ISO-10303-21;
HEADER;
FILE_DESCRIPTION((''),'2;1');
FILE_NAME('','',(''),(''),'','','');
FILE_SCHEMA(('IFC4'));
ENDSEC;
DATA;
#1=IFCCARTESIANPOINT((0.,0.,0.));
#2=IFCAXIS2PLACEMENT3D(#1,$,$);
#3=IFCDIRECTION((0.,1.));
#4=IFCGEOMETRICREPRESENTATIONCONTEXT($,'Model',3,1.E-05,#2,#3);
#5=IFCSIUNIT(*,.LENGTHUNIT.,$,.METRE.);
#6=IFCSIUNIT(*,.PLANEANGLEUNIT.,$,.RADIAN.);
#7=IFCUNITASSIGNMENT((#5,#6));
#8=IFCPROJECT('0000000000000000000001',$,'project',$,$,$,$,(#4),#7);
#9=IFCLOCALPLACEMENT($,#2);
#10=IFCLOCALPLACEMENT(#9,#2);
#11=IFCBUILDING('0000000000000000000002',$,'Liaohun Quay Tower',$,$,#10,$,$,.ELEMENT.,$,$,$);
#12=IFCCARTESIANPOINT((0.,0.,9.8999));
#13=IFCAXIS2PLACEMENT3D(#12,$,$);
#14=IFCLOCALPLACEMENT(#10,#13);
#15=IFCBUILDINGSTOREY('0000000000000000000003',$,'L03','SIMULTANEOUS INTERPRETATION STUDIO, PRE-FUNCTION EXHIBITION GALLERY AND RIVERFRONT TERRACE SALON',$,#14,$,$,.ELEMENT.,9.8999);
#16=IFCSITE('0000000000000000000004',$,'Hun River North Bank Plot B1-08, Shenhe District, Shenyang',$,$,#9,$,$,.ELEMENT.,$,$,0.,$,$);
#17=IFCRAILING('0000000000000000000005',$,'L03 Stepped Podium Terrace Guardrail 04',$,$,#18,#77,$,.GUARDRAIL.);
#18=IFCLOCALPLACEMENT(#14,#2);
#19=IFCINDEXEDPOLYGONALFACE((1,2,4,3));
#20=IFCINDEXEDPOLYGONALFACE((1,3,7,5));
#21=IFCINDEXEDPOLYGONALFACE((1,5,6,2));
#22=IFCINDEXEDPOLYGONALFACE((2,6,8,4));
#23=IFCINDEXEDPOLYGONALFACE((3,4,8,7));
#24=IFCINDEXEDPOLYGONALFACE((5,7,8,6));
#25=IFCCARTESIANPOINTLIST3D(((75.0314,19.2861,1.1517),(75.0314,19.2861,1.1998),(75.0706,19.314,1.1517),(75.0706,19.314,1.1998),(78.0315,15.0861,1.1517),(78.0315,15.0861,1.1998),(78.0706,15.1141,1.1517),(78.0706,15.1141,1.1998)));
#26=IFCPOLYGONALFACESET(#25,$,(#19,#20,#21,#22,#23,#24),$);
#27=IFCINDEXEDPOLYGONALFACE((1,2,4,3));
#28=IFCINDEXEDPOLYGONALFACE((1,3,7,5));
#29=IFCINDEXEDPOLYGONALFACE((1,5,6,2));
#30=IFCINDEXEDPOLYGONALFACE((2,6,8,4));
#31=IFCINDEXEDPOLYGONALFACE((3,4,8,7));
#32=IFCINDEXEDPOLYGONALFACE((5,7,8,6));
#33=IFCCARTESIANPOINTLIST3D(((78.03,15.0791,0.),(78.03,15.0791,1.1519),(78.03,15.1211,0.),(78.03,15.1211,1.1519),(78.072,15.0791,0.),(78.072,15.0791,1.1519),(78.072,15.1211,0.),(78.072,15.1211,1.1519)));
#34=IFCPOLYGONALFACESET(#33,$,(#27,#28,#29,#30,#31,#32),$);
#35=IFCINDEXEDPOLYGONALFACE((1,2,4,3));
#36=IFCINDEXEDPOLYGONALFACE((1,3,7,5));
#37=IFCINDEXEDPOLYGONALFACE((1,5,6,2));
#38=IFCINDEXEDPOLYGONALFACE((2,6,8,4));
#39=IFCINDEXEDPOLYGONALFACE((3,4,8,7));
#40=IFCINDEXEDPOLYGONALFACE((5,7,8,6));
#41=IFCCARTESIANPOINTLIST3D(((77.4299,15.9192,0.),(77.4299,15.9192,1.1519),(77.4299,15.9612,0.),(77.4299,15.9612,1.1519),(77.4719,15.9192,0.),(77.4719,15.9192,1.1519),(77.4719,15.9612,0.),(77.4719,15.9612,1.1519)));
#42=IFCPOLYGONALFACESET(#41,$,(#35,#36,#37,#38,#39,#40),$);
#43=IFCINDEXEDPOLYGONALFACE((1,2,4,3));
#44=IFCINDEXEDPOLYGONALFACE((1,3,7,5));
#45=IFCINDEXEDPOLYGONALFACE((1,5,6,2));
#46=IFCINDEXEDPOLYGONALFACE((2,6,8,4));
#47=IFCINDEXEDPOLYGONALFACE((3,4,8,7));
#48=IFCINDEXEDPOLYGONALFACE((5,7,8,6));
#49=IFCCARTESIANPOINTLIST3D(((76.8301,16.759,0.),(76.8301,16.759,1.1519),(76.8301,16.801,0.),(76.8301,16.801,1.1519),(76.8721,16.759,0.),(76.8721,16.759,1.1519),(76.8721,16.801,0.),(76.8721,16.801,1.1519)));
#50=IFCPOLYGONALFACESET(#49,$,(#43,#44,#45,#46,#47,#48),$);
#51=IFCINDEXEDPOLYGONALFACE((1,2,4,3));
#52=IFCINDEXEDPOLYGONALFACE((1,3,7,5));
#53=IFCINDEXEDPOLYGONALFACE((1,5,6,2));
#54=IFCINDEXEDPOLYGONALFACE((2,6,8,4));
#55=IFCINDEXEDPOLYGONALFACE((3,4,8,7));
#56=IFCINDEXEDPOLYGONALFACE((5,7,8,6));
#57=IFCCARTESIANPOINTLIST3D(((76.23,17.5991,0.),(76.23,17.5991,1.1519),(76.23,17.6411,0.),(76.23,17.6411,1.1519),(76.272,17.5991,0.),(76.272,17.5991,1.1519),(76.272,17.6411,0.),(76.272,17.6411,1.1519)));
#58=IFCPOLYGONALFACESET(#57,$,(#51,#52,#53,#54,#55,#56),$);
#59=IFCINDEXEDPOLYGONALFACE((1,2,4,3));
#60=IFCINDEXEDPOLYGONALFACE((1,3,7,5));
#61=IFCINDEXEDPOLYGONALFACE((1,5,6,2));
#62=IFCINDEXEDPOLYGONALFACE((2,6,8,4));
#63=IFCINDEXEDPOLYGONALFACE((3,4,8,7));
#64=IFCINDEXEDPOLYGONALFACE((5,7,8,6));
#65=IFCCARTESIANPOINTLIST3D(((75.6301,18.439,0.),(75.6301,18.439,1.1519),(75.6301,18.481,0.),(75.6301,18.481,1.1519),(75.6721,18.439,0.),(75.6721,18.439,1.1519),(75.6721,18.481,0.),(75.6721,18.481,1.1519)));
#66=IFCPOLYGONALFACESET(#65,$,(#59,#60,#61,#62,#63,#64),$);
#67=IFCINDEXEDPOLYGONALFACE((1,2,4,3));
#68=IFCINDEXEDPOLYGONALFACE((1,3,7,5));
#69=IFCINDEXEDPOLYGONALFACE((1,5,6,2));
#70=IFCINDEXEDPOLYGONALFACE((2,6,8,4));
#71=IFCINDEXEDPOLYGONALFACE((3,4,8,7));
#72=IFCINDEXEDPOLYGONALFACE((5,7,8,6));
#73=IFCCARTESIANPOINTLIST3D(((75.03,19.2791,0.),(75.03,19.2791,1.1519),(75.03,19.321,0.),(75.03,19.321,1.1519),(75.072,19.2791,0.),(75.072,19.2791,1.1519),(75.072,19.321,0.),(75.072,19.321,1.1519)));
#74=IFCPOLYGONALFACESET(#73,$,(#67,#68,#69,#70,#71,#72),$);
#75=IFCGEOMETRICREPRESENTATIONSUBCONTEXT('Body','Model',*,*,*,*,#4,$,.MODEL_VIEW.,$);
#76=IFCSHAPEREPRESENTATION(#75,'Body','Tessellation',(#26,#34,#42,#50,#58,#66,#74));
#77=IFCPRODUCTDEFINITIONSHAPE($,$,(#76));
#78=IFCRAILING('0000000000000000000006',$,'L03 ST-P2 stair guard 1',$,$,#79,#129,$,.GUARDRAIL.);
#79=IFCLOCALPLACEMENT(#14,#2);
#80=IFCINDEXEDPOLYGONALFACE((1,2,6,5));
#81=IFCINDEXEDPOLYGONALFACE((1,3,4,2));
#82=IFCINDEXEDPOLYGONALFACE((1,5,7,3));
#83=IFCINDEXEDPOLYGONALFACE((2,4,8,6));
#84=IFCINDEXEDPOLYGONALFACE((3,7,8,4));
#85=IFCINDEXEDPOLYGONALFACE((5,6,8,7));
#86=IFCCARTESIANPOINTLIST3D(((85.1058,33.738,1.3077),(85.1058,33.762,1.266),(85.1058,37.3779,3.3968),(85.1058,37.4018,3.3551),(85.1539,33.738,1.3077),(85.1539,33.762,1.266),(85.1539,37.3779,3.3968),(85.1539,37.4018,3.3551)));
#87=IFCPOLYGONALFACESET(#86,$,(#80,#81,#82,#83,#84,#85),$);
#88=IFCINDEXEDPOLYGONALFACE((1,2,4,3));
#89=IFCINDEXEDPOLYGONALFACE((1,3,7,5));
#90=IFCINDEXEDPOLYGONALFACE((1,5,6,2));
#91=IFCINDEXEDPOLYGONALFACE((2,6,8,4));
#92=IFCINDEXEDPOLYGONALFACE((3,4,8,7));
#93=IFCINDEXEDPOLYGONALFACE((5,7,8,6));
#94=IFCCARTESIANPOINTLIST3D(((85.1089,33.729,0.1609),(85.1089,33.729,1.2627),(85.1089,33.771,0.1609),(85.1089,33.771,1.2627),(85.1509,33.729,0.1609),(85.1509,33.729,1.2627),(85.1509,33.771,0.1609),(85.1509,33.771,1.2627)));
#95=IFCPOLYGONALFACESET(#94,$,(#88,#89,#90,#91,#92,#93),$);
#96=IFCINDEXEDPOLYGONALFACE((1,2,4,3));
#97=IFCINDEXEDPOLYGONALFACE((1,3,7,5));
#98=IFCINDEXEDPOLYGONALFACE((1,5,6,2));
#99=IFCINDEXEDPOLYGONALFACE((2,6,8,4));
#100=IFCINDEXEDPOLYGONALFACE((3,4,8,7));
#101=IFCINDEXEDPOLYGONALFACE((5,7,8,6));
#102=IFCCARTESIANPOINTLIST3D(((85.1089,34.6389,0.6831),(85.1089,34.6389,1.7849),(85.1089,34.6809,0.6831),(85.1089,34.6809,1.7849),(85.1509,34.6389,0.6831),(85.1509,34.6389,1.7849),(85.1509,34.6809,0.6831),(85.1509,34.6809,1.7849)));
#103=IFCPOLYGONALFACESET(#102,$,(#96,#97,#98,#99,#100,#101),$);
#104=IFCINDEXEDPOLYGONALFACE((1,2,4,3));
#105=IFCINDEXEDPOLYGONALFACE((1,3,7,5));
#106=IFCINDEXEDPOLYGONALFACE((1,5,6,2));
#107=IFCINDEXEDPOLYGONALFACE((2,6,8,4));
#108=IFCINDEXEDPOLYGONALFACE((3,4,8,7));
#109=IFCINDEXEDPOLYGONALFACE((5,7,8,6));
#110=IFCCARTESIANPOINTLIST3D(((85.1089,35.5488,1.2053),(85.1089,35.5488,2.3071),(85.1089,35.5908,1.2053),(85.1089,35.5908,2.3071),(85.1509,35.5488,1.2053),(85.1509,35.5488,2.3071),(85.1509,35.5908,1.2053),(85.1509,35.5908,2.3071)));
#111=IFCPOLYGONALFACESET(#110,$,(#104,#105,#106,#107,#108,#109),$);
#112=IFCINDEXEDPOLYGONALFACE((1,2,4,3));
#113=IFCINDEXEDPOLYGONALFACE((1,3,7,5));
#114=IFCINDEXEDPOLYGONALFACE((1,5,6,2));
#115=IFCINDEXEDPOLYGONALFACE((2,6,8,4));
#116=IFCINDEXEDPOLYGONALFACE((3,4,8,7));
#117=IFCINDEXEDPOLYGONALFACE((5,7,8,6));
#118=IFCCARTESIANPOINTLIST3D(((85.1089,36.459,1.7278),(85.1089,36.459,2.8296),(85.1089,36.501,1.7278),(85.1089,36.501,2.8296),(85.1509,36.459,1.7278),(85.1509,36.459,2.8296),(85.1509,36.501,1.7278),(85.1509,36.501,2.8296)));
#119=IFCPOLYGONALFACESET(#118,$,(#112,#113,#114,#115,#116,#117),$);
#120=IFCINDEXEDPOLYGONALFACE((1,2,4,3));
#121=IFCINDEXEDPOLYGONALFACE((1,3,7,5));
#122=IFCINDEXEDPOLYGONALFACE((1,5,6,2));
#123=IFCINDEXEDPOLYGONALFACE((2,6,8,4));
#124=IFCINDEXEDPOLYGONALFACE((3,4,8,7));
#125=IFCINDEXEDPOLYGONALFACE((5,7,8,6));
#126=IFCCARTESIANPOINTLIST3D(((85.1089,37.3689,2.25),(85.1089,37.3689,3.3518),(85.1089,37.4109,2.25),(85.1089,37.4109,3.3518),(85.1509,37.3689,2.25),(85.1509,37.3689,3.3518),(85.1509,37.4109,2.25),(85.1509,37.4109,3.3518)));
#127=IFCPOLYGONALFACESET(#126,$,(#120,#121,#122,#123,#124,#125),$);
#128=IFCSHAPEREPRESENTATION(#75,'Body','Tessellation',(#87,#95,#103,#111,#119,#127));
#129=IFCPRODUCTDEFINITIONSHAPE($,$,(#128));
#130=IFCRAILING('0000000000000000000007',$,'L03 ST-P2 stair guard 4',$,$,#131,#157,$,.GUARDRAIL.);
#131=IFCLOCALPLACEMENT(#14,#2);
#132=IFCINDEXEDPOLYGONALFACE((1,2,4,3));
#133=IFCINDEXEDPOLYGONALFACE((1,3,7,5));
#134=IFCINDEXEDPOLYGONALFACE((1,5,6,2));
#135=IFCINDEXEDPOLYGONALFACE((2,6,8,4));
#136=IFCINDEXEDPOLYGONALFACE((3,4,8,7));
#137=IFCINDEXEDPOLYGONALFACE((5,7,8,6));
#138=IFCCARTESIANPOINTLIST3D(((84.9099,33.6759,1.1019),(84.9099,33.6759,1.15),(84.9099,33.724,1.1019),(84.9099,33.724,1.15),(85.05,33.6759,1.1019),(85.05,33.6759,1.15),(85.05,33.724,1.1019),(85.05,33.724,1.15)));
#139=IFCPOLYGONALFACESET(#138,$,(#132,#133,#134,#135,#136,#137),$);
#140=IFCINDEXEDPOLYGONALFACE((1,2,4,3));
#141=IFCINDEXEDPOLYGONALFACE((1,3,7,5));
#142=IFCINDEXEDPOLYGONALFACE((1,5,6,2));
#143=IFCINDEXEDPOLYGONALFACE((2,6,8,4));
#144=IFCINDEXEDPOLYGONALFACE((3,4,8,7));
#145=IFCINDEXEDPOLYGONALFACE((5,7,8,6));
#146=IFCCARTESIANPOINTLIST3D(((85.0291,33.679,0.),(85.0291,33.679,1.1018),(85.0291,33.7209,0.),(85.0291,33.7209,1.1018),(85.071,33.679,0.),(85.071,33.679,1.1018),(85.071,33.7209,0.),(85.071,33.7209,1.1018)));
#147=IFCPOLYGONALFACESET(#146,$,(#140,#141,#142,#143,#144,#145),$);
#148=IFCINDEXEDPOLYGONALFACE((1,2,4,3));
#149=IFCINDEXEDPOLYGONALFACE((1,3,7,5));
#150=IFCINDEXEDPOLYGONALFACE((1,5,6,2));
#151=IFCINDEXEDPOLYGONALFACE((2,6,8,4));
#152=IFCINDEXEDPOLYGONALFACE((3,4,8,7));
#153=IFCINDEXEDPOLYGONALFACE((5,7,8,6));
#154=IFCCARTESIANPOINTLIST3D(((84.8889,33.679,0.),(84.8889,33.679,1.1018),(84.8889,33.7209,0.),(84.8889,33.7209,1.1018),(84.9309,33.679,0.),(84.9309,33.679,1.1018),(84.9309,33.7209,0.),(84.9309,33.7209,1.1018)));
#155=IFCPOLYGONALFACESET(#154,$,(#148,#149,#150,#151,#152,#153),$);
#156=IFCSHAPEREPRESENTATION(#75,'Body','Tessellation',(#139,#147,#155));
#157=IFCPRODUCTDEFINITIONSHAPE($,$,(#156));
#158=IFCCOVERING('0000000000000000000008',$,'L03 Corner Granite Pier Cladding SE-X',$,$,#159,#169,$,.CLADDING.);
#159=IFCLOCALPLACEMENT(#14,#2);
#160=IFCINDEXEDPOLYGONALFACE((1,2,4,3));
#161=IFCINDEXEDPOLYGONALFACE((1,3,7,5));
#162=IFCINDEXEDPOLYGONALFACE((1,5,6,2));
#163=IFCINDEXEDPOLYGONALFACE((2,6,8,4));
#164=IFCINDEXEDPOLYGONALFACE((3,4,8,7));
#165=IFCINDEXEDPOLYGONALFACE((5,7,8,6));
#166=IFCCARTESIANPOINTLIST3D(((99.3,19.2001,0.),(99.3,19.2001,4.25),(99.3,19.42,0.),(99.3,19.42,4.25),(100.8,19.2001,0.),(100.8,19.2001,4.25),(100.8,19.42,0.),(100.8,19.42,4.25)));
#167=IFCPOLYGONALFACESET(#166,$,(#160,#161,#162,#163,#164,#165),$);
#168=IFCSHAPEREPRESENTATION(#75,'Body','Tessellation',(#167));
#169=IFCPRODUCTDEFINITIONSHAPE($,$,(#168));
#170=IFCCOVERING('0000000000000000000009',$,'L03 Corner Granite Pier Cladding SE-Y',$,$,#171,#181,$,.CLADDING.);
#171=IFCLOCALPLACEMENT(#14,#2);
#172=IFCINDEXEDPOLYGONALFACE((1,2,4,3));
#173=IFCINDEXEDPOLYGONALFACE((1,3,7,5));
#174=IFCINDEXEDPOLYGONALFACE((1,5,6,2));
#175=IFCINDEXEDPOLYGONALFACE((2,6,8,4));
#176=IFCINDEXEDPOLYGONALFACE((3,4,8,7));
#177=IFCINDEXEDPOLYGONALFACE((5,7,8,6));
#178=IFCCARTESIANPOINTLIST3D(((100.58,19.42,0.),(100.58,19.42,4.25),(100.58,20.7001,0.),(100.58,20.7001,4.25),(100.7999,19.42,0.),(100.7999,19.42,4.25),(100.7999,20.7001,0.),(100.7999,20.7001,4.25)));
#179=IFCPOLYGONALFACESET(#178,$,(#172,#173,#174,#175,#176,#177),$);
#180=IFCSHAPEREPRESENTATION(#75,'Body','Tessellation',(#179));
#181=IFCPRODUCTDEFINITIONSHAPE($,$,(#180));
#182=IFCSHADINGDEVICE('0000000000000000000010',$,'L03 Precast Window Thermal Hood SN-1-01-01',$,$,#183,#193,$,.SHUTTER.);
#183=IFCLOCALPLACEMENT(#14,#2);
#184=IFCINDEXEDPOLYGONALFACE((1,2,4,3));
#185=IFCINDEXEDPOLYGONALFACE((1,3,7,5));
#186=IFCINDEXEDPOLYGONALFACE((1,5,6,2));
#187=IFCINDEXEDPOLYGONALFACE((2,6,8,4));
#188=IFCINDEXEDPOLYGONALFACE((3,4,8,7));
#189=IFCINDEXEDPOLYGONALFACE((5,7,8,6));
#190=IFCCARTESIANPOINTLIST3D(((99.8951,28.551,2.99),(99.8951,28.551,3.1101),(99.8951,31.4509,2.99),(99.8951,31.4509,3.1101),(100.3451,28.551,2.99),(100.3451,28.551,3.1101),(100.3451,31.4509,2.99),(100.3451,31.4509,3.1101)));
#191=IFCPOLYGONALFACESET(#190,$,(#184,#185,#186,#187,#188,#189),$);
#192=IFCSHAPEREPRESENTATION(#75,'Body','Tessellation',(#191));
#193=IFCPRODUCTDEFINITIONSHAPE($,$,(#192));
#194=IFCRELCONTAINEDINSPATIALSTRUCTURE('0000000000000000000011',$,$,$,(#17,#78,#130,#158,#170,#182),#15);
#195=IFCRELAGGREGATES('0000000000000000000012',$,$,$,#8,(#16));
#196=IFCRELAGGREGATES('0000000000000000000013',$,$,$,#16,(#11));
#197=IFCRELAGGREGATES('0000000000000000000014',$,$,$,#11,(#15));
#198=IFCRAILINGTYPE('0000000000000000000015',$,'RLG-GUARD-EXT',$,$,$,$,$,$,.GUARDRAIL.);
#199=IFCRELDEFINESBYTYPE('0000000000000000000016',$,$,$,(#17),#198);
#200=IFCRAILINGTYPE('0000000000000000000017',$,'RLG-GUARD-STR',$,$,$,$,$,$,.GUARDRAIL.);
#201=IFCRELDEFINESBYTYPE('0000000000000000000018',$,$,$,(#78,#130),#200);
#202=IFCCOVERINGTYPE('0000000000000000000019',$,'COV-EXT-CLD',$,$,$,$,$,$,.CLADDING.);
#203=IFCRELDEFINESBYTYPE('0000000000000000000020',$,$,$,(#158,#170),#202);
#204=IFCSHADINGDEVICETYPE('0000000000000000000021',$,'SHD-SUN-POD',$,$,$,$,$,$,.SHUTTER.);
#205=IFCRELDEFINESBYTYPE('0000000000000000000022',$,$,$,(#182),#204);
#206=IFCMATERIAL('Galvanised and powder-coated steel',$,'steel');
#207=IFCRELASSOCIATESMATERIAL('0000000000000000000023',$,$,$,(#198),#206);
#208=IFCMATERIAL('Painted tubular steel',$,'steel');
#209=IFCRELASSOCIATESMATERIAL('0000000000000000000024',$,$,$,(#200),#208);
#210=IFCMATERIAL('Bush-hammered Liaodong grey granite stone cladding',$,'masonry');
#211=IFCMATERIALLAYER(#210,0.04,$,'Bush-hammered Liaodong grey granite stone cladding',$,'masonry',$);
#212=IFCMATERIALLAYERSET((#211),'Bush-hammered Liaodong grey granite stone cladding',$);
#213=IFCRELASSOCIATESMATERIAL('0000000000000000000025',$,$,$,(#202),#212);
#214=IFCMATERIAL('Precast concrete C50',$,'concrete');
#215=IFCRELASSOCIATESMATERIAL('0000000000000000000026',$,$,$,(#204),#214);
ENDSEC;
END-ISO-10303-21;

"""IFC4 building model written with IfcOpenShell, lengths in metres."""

from ifc_helpers import new_model, si_unit, direction, frame, origin, origin_2d, place, context, subcontext, project, spatial, rectangle, extrude, source, transform, mapped, material, layer, layer_set, material_profile, profile_set, type_object, element, save


model = new_model("IFC4")

# Units and contexts
model_context = context("Model", 3, precision=1e-05, world=origin(), true_north=direction((0.0, 1.0)))
body_context = subcontext(model_context, "Body", "Model", "MODEL_VIEW")
ifc_project = project(units=[si_unit("LENGTHUNIT", "METRE"), si_unit("PLANEANGLEUNIT", "RADIAN")], contexts=[model_context])

# Site, building, storey
site_placement = place(None, origin())
site = spatial("IfcSite", under=ifc_project, at=site_placement, Name="Hun River North Bank Plot B1-08, Shenhe District, Shenyang", CompositionType="ELEMENT", RefElevation=0.0)
building_placement = place(site_placement, origin())
building = spatial("IfcBuilding", under=site, at=building_placement, Name="Liaohun Quay Tower", CompositionType="ELEMENT")
storey_placement = place(building_placement, frame((0.0, 0.0, 9.8999)))
storey = spatial("IfcBuildingStorey", under=building, at=storey_placement, Name="L03", Description="SIMULTANEOUS INTERPRETATION STUDIO, PRE-FUNCTION EXHIBITION GALLERY AND RIVERFRONT TERRACE SALON", CompositionType="ELEMENT", Elevation=9.8999)

# Shared definitions
ifc_material_1 = material(Name="Precast concrete C50", Category="concrete")

# Railings
ifc_material_2 = material(Name="Galvanised and powder-coated steel", Category="steel")
railing_type_1 = type_object("IfcRailingType", Name="RLG-GUARD-EXT", PredefinedType="GUARDRAIL", material=ifc_material_2)
railing_1_placement = place(storey_placement, frame((78.051, 15.1001, 0.0)))
element("IfcRailing", 1, at=railing_1_placement, inside=storey, type_object=railing_type_1, Name="L03 Stepped Podium Terrace Guardrail 04", PredefinedType="GUARDRAIL", context=body_context, shape_type="SweptSolid", body=[
    extrude(rectangle(XDim=0.0481, YDim=0.0481, at=origin_2d()), frame((0.0, 0.0, 1.1758), z_axis=(-0.581243, 0.81373, 0.0), x_axis=(-0.81373, -0.581243, 0.0)), (0.0, 0.0, 1.0), 5.1614),
    extrude(rectangle(XDim=0.042, YDim=0.042, at=origin_2d()), origin(), (0.0, 0.0, 1.0), 1.1519),
    extrude(rectangle(XDim=0.042, YDim=0.042, at=origin_2d()), frame((-0.6001, 0.8401, 0.0)), (0.0, 0.0, 1.0), 1.1519),
    extrude(rectangle(XDim=0.042, YDim=0.042, at=origin_2d()), frame((-1.2, 1.6799, 0.0)), (0.0, 0.0, 1.0), 1.1519),
    extrude(rectangle(XDim=0.042, YDim=0.042, at=origin_2d()), frame((-1.8, 2.52, 0.0)), (0.0, 0.0, 1.0), 1.1519),
    extrude(rectangle(XDim=0.042, YDim=0.042, at=origin_2d()), frame((-2.3999, 3.3599, 0.0)), (0.0, 0.0, 1.0), 1.1519),
    extrude(rectangle(XDim=0.042, YDim=0.042, at=origin_2d()), frame((-3.0, 4.2, 0.0)), (0.0, 0.0, 1.0), 1.1519),
])
ifc_material_3 = material(Name="Painted tubular steel", Category="steel")
railing_type_2 = type_object("IfcRailingType", Name="RLG-GUARD-STR", PredefinedType="GUARDRAIL", material=ifc_material_3)
railing_2_placement = place(storey_placement, frame((85.1299, 33.75, 0.1609)))
element("IfcRailing", 2, at=railing_2_placement, inside=storey, type_object=railing_type_2, Name="L03 ST-P2 stair guard 1", PredefinedType="GUARDRAIL", context=body_context, shape_type="SweptSolid", body=[
    extrude(rectangle(XDim=0.0481, YDim=0.0481, at=origin_2d()), frame((0.0, 0.0, 1.126), z_axis=(0.0, 0.8673, 0.497786), x_axis=(-1.0, 0.0, 0.0)), (0.0, 0.0, 1.0), 4.1968),
    extrude(rectangle(XDim=0.042, YDim=0.042, at=origin_2d()), origin(), (0.0, 0.0, 1.0), 1.1018),
    extrude(rectangle(XDim=0.042, YDim=0.042, at=origin_2d()), frame((0.0, 0.9099, 0.5222)), (0.0, 0.0, 1.0), 1.1018),
    extrude(rectangle(XDim=0.042, YDim=0.042, at=origin_2d()), frame((0.0, 1.8198, 1.0444)), (0.0, 0.0, 1.0), 1.1018),
    extrude(rectangle(XDim=0.042, YDim=0.042, at=origin_2d()), frame((0.0, 2.73, 1.5669)), (0.0, 0.0, 1.0), 1.1018),
    extrude(rectangle(XDim=0.042, YDim=0.042, at=origin_2d()), frame((0.0, 3.6399, 2.0891)), (0.0, 0.0, 1.0), 1.1018),
])
railing_3_placement = place(storey_placement, frame((85.05, 33.7, 0.0)))
element("IfcRailing", 3, at=railing_3_placement, inside=storey, type_object=railing_type_2, Name="L03 ST-P2 stair guard 4", PredefinedType="GUARDRAIL", context=body_context, shape_type="SweptSolid", body=[
    extrude(rectangle(XDim=0.0481, YDim=0.0481, at=origin_2d()), frame((0.0, 0.0, 1.126), z_axis=(-1.0, 0.0, 0.0), x_axis=(0.0, -1.0, 0.0)), (0.0, 0.0, 1.0), 0.1401),
    extrude(rectangle(XDim=0.042, YDim=0.042, at=origin_2d()), origin(), (0.0, 0.0, 1.0), 1.1018),
    extrude(rectangle(XDim=0.042, YDim=0.042, at=origin_2d()), frame((-0.1401, 0.0, 0.0)), (0.0, 0.0, 1.0), 1.1018),
])

# Coverings
ifc_material_4 = material(Name="Bush-hammered Liaodong grey granite stone cladding", Category="masonry")
ifc_layer_1 = layer(ifc_material_4, 0.04, Name="Bush-hammered Liaodong grey granite stone cladding", Category="masonry")
ifc_layer_set_1 = layer_set([ifc_layer_1], Name="Bush-hammered Liaodong grey granite stone cladding")
covering_type = type_object("IfcCoveringType", Name="COV-EXT-CLD", PredefinedType="CLADDING", material=ifc_layer_set_1)
shared_shape_1 = source(origin(), body_context, "Body", "SweptSolid", [
    extrude(rectangle(XDim=1.5, YDim=0.22, at=origin_2d()), origin(), (0.0, 0.0, 1.0), 4.25),
])
covering_1_placement = place(storey_placement, frame((100.05, 19.3101, 0.0), z_axis=(0.0, 0.0, 1.0), x_axis=(1.0, 0.0, 0.0)))
element("IfcCovering", 4, at=covering_1_placement, inside=storey, type_object=covering_type, Name="L03 Corner Granite Pier Cladding SE-X", PredefinedType="CLADDING", context=body_context, shape_type="MappedRepresentation", body=[
    mapped(shared_shape_1, transform((0.0, 0.0, 0.0), x_axis=(1.0, 0.0, 0.0), y_axis=(0.0, 1.0, 0.0), z_axis=(0.0, 0.0, 1.0), scale=1.0)),
])
shared_shape_2 = source(origin(), body_context, "Body", "SweptSolid", [
    extrude(rectangle(XDim=0.22, YDim=1.28, at=origin_2d()), origin(), (0.0, 0.0, 1.0), 4.25),
])
covering_2_placement = place(storey_placement, frame((100.6899, 20.0601, 0.0), z_axis=(0.0, 0.0, 1.0), x_axis=(1.0, 0.0, 0.0)))
element("IfcCovering", 5, at=covering_2_placement, inside=storey, type_object=covering_type, Name="L03 Corner Granite Pier Cladding SE-Y", PredefinedType="CLADDING", context=body_context, shape_type="MappedRepresentation", body=[
    mapped(shared_shape_2, transform((0.0, 0.0, 0.0), x_axis=(1.0, 0.0, 0.0), y_axis=(0.0, 1.0, 0.0), z_axis=(0.0, 0.0, 1.0), scale=1.0)),
])

# Shading device
ifc_material_profile_1 = material_profile(ifc_material_1, rectangle(XDim=0.45, YDim=0.1201, at=origin_2d()), Name="PRC-SUN-450x120")
ifc_profile_set_1 = profile_set([ifc_material_profile_1], Name="Precast concrete C50")
shading_device_type = type_object("IfcShadingDeviceType", Name="SHD-SUN-POD", PredefinedType="SHUTTER", material=ifc_profile_set_1)
shared_shape_3 = source(origin(), body_context, "Body", "SweptSolid", [
    extrude(rectangle(XDim=0.45, YDim=0.1201, at=origin_2d()), origin(), (0.0, 0.0, 1.0), 2.8999),
])
shading_device_placement = place(storey_placement, frame((100.1201, 28.551, 3.05), z_axis=(0.0, 1.0, 0.0), x_axis=(-1.0, 0.0, 0.0)))
element("IfcShadingDevice", 6, at=shading_device_placement, inside=storey, type_object=shading_device_type, Name="L03 Precast Window Thermal Hood SN-1-01-01", PredefinedType="SHUTTER", context=body_context, shape_type="MappedRepresentation", body=[
    mapped(shared_shape_3, transform((0.0, 0.0, 0.0), x_axis=(1.0, 0.0, 0.0), y_axis=(0.0, 1.0, 0.0), z_axis=(0.0, 0.0, 1.0), scale=1.0)),
])

save(model, "model.ifc")
